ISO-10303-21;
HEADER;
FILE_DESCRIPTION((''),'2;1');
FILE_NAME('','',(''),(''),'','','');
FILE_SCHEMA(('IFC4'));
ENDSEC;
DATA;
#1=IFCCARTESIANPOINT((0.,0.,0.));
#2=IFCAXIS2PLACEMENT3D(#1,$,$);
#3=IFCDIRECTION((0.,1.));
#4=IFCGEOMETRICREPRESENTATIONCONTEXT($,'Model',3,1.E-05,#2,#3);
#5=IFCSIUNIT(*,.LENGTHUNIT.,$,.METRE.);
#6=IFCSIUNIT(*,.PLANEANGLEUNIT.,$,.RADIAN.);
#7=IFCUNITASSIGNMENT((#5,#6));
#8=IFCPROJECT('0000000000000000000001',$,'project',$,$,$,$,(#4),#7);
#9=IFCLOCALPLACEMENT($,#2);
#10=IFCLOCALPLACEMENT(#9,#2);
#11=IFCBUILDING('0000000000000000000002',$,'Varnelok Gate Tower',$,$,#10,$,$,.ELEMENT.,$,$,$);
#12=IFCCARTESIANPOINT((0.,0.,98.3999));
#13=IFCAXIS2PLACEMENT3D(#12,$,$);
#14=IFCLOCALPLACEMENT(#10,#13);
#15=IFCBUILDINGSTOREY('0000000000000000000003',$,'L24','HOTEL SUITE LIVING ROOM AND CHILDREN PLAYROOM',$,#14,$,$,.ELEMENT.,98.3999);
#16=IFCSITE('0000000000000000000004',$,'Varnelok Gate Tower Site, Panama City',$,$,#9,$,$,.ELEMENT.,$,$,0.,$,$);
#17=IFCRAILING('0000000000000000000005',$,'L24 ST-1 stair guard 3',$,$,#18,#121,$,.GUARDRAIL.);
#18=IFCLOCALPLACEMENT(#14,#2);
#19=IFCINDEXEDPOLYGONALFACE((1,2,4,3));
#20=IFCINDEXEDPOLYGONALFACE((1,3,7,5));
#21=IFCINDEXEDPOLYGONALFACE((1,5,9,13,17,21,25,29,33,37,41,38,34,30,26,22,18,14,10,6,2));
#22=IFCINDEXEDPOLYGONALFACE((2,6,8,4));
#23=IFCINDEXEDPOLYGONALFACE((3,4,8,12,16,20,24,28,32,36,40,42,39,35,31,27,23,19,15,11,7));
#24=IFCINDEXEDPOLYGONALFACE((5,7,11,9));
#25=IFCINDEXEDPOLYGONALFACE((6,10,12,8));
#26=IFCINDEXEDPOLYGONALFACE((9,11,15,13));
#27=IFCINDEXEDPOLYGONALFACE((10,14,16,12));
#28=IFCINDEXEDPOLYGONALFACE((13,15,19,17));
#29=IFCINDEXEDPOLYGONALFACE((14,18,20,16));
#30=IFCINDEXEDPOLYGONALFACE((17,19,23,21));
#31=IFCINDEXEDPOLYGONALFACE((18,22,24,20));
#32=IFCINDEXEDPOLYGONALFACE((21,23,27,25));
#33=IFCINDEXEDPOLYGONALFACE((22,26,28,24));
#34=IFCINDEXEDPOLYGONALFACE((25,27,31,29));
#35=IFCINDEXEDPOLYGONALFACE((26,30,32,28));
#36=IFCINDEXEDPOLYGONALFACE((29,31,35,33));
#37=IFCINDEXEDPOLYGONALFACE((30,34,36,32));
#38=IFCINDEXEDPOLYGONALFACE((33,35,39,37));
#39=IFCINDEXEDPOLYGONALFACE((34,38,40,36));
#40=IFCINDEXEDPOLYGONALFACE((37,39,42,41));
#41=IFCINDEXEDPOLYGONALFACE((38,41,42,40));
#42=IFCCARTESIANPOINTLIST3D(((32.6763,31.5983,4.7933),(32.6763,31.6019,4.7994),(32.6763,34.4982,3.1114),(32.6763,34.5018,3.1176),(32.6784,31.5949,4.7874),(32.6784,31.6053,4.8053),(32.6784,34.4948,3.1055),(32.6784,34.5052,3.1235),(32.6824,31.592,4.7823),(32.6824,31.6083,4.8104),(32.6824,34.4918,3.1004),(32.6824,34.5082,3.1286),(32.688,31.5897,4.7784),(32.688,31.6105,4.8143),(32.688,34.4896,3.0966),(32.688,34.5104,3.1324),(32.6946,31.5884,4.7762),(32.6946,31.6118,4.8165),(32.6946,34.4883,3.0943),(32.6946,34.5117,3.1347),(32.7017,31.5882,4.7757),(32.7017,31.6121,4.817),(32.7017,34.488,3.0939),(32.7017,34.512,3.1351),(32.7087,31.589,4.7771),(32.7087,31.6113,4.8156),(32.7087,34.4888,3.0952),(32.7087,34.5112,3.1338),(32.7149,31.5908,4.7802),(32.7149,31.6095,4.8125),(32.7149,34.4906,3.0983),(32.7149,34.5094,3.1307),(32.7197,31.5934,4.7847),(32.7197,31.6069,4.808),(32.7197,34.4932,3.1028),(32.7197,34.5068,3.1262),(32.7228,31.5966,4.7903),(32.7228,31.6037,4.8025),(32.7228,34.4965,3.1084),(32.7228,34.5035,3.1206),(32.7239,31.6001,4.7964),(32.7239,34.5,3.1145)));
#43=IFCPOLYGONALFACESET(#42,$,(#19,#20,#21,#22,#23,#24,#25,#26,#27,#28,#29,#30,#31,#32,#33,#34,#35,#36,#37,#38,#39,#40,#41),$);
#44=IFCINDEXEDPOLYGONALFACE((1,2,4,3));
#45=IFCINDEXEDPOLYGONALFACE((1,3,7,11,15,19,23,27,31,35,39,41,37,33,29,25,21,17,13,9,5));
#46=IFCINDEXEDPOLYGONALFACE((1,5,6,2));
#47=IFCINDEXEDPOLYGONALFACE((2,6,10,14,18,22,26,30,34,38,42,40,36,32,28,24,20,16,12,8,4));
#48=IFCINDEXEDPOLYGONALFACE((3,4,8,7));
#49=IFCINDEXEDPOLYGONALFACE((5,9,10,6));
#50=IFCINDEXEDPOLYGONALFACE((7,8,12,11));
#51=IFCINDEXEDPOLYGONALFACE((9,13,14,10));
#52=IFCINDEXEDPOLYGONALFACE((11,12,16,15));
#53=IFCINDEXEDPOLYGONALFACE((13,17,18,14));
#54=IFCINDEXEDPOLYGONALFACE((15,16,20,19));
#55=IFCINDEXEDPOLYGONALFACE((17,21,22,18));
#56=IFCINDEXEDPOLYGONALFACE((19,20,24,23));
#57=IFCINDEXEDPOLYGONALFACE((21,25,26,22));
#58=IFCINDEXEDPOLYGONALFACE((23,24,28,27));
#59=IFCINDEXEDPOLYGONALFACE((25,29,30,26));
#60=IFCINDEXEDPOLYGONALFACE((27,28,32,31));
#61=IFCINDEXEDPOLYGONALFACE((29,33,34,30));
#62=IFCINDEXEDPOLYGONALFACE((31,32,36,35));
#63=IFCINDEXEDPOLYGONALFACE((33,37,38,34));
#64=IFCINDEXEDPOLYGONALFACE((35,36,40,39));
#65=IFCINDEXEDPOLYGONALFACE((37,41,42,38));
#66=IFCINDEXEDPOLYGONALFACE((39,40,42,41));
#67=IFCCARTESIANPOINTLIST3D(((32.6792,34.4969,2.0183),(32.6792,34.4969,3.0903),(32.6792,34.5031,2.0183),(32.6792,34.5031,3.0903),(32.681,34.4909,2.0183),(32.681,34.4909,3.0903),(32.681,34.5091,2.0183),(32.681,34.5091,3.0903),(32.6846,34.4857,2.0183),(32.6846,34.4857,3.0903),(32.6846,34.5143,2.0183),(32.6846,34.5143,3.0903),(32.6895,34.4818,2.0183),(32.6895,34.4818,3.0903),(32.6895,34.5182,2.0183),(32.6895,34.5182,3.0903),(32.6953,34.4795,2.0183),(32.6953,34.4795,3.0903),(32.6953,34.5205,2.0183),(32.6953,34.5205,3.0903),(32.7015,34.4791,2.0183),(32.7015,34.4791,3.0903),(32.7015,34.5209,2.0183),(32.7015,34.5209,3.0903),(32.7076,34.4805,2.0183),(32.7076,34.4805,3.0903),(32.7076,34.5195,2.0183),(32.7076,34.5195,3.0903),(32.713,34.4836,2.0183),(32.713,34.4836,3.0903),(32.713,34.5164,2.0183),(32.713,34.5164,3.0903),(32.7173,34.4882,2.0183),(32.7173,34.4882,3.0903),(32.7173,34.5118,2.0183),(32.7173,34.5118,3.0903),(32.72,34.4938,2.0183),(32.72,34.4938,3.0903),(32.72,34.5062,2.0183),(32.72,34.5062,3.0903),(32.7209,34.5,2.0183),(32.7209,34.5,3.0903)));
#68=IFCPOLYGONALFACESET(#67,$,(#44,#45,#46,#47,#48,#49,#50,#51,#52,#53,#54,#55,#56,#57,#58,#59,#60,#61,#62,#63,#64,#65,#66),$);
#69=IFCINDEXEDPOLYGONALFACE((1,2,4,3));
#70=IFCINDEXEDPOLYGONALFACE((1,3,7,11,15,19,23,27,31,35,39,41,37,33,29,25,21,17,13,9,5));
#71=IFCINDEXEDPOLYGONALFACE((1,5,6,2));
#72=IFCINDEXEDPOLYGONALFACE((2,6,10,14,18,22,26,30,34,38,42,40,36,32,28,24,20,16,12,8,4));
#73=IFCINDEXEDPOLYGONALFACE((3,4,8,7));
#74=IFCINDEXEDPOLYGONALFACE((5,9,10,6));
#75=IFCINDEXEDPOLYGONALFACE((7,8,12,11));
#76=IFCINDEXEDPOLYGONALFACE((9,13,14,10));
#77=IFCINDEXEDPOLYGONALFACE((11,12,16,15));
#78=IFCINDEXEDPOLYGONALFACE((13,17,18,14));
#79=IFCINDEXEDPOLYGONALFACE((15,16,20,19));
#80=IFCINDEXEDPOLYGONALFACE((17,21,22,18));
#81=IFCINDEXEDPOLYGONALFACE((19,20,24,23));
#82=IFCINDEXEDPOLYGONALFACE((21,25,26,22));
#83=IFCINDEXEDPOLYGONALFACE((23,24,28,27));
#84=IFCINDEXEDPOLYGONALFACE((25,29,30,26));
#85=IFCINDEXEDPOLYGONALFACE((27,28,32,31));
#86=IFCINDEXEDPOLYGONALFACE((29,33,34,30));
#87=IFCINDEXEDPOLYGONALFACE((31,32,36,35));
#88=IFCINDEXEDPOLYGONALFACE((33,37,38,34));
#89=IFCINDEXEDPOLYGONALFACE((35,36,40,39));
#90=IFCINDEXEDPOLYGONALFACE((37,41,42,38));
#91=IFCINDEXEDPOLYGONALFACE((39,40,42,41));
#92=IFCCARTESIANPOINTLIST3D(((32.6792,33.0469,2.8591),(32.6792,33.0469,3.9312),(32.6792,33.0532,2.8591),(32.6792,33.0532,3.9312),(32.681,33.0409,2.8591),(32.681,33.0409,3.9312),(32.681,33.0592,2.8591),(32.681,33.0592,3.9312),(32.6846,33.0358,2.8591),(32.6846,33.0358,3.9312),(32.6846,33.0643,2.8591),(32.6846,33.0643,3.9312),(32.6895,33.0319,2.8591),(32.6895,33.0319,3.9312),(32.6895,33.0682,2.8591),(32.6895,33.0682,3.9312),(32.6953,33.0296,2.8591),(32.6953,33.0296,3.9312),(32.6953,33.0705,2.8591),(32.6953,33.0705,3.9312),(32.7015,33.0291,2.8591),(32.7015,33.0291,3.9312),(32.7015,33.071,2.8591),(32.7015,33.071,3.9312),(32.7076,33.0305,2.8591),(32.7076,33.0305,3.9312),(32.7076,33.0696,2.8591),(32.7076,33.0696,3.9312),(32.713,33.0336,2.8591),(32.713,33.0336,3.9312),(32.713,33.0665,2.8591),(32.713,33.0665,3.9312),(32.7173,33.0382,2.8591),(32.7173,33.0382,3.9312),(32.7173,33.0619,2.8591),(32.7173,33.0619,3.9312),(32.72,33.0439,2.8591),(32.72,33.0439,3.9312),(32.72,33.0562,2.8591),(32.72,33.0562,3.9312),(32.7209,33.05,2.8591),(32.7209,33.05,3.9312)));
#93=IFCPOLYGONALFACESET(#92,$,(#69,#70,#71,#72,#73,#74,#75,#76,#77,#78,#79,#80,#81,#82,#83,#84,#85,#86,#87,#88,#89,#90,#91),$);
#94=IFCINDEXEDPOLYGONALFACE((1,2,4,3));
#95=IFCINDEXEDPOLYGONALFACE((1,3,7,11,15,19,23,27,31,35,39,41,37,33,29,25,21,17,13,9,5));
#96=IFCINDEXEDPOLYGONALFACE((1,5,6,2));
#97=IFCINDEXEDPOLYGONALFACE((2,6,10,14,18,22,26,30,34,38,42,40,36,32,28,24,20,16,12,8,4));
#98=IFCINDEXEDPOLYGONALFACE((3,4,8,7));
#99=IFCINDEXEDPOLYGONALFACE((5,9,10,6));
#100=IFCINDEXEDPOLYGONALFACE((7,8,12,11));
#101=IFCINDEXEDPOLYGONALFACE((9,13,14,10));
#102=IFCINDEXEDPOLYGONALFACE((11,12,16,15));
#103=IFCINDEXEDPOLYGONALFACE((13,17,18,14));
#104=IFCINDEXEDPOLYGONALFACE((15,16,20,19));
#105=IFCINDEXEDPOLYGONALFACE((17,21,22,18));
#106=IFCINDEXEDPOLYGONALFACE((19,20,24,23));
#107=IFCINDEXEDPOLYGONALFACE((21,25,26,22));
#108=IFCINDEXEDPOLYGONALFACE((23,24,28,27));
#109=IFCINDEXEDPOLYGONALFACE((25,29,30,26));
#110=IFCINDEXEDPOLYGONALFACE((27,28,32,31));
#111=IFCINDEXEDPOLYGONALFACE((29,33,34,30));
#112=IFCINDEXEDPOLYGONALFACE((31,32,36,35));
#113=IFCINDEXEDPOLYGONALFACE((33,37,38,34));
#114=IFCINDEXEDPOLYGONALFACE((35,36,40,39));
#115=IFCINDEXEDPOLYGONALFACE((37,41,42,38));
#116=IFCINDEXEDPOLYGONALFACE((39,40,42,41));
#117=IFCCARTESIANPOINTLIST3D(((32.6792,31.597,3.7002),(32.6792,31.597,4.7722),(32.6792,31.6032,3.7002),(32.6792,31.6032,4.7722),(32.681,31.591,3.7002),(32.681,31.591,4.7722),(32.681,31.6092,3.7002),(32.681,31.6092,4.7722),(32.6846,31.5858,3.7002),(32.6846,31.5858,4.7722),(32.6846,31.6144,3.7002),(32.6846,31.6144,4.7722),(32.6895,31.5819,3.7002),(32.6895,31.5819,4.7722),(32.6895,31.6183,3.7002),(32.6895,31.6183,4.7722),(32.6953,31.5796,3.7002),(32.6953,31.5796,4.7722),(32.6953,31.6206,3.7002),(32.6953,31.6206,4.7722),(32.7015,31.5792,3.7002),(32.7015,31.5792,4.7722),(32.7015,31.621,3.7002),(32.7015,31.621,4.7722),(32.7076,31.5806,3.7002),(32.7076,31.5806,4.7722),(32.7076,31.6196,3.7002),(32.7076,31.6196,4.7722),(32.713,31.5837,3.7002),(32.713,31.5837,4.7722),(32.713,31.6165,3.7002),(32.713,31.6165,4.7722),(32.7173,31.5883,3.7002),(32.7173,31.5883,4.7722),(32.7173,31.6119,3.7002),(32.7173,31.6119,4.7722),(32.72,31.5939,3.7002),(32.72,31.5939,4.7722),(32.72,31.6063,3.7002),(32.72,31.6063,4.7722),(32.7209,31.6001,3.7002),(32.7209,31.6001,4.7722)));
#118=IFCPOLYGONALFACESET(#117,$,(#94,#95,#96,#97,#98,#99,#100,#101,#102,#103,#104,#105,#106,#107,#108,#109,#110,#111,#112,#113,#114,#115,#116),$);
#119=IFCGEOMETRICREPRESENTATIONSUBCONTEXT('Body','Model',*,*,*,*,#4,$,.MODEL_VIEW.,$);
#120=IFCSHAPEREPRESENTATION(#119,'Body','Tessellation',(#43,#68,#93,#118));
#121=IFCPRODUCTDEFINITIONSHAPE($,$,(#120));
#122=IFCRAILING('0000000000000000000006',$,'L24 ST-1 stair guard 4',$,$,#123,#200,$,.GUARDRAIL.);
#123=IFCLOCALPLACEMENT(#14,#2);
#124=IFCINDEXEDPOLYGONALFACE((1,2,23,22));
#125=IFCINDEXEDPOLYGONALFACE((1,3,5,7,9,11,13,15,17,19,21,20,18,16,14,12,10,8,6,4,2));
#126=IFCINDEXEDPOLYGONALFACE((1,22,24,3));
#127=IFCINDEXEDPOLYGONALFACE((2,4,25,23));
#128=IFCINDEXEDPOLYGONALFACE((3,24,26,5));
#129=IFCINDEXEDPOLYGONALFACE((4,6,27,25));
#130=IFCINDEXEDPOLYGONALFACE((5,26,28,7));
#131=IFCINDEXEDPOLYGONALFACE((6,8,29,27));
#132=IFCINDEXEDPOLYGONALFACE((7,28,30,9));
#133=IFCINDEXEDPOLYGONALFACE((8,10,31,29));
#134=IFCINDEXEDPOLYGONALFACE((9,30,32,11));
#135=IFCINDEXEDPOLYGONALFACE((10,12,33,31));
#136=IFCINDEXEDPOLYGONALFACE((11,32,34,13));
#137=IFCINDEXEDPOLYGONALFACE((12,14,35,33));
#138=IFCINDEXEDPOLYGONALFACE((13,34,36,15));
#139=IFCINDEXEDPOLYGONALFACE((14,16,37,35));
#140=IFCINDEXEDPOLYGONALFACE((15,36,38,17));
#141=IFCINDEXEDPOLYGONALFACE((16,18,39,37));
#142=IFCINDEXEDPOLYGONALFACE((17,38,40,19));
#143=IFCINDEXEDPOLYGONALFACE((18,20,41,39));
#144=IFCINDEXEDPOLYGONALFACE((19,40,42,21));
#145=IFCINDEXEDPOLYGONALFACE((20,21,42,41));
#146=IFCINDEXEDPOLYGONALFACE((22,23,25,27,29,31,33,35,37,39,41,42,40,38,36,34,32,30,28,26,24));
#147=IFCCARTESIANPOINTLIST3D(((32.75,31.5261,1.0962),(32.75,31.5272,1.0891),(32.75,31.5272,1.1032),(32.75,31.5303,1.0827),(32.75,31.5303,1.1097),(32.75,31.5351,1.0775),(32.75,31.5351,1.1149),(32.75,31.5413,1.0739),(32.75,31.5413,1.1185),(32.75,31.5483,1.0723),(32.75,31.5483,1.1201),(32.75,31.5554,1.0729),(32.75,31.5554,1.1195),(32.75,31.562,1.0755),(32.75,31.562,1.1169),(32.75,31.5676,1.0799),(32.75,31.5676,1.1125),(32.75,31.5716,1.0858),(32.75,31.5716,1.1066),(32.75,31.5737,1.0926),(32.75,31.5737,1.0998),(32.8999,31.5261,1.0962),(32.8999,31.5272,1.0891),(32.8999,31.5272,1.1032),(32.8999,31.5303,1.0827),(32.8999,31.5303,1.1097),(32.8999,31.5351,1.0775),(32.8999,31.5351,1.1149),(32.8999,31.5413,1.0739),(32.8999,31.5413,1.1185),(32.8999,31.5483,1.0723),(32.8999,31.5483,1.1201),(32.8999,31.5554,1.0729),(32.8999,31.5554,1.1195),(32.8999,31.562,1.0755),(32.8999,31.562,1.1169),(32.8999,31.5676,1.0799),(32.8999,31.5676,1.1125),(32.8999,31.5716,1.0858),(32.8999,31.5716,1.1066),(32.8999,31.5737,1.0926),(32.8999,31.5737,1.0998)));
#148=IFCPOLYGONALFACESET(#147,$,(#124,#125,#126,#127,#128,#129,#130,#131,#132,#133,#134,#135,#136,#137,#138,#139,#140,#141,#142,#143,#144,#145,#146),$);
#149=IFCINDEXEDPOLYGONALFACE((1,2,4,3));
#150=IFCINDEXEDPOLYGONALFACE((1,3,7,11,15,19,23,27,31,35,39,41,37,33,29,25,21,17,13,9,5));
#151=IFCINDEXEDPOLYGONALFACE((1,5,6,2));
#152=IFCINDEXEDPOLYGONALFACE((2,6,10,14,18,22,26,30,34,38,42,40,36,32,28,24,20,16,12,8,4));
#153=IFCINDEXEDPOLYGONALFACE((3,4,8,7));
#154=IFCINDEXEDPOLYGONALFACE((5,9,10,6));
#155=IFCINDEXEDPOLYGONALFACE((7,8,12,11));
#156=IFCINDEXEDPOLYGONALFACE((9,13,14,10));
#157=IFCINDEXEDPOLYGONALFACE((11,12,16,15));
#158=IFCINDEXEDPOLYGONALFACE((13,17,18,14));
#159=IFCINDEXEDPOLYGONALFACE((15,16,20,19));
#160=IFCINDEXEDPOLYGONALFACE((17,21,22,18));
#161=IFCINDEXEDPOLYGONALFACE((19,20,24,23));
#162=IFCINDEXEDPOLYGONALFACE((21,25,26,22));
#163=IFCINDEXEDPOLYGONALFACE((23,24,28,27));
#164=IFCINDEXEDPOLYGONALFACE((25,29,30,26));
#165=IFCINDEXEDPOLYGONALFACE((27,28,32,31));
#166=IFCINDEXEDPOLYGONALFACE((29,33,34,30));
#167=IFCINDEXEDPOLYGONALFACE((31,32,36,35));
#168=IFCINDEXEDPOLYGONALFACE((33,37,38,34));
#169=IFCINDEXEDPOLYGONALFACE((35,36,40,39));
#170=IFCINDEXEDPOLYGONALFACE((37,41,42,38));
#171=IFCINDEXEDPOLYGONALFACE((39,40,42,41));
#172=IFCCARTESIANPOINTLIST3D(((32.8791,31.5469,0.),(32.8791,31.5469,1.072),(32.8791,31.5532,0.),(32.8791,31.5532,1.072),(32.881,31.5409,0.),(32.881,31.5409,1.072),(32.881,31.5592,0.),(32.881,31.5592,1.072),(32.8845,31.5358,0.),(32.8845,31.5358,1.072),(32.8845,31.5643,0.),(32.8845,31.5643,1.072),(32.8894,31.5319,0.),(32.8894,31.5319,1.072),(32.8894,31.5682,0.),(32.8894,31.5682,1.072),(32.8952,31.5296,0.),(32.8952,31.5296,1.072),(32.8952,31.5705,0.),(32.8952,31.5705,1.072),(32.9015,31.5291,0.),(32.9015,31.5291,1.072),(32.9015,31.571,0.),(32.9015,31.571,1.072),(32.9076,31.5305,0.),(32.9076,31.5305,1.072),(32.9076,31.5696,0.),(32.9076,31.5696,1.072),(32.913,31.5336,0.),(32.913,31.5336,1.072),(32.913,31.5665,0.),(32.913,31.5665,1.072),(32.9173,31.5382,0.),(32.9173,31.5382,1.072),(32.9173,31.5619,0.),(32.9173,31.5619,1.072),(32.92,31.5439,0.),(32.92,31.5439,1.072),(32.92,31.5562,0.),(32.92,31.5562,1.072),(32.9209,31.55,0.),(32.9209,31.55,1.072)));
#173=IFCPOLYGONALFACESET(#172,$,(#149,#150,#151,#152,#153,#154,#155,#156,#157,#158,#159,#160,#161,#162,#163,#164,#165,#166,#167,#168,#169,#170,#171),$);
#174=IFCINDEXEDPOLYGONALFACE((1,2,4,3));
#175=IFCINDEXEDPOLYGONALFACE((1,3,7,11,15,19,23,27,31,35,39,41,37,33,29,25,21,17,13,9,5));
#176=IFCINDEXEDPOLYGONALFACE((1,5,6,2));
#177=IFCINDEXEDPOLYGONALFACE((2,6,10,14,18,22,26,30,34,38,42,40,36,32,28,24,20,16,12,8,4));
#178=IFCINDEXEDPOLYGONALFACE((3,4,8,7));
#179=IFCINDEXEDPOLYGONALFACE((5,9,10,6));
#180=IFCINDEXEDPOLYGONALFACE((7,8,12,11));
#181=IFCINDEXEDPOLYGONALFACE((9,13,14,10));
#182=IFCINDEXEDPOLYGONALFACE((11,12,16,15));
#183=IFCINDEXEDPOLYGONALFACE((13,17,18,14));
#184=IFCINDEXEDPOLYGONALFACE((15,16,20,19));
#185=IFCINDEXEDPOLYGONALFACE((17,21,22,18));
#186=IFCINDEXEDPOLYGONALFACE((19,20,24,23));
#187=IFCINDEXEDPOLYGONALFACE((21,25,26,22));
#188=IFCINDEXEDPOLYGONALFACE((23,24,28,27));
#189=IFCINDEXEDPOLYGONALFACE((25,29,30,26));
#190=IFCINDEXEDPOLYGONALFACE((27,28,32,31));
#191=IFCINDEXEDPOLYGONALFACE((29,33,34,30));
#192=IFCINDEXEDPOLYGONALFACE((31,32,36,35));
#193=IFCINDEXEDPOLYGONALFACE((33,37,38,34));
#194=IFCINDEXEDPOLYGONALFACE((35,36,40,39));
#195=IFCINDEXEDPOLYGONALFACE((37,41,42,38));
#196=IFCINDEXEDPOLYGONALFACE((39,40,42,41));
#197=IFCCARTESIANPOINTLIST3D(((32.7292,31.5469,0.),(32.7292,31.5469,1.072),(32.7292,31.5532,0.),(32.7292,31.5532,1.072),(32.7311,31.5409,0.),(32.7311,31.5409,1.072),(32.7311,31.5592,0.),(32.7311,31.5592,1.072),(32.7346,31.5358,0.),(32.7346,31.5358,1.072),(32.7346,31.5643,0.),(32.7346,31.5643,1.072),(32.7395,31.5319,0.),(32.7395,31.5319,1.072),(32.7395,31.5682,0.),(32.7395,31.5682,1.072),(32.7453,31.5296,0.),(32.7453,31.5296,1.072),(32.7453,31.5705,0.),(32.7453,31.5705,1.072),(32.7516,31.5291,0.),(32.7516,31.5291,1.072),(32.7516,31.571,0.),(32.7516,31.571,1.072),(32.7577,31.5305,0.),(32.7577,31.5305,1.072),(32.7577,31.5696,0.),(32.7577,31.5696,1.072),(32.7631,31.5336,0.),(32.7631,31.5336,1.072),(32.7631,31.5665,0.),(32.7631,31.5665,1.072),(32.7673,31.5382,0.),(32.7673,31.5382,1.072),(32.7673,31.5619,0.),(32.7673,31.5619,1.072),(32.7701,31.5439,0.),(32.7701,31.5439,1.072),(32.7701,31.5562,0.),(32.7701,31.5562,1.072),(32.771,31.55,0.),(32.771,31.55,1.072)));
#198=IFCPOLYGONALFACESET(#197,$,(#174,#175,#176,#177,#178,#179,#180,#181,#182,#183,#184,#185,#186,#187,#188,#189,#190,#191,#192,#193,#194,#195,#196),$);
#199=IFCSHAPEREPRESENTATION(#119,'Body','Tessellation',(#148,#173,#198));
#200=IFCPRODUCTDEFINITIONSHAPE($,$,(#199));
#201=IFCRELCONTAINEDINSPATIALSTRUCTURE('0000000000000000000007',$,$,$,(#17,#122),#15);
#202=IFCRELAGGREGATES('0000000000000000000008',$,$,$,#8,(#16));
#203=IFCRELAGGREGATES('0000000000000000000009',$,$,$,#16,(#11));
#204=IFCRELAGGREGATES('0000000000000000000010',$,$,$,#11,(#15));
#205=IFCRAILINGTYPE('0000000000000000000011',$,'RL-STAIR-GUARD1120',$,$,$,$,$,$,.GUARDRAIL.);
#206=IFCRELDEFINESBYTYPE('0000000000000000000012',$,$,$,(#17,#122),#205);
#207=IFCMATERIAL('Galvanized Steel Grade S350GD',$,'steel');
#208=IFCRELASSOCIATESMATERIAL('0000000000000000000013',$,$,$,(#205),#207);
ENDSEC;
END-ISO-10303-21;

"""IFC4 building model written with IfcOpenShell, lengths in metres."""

from ifc_helpers import new_model, si_unit, direction, frame, origin, origin_2d, place, context, subcontext, project, spatial, circle, extrude, material, type_object, element, save


model = new_model("IFC4")

# Units and contexts
model_context = context("Model", 3, precision=1e-05, world=origin(), true_north=direction((0.0, 1.0)))
body_context = subcontext(model_context, "Body", "Model", "MODEL_VIEW")
ifc_project = project(units=[si_unit("LENGTHUNIT", "METRE"), si_unit("PLANEANGLEUNIT", "RADIAN")], contexts=[model_context])

# Site, building, storey
site_placement = place(None, origin())
site = spatial("IfcSite", under=ifc_project, at=site_placement, Name="Varnelok Gate Tower Site, Panama City", CompositionType="ELEMENT", RefElevation=0.0)
building_placement = place(site_placement, origin())
building = spatial("IfcBuilding", under=site, at=building_placement, Name="Varnelok Gate Tower", CompositionType="ELEMENT")
storey_placement = place(building_placement, frame((0.0, 0.0, 98.3999)))
storey = spatial("IfcBuildingStorey", under=building, at=storey_placement, Name="L24", Description="HOTEL SUITE LIVING ROOM AND CHILDREN PLAYROOM", CompositionType="ELEMENT", Elevation=98.3999)

# Shared definitions
ifc_material_1 = material(Name="Galvanized Steel Grade S350GD", Category="steel")

# Railings
railing_type_1 = type_object("IfcRailingType", Name="RL-STAIR-GUARD1120", PredefinedType="GUARDRAIL", material=ifc_material_1)
railing_1_placement = place(storey_placement, frame((32.7, 34.5, 2.0183)))
element("IfcRailing", 1, at=railing_1_placement, inside=storey, type_object=railing_type_1, Name="L24 ST-1 stair guard 3", PredefinedType="GUARDRAIL", context=body_context, shape_type="SweptSolid", body=[
    extrude(circle(Radius=0.0239, at=origin_2d()), frame((0.0, 0.0, 1.0962), z_axis=(0.0, -0.865039, 0.501705), x_axis=(1.0, 0.0, 0.0)), (0.0, 0.0, 1.0), 3.3523),
    extrude(circle(Radius=0.021, at=origin_2d()), origin(), (0.0, 0.0, 1.0), 1.072),
    extrude(circle(Radius=0.021, at=origin_2d()), frame((0.0, -1.45, 0.8408)), (0.0, 0.0, 1.0), 1.072),
    extrude(circle(Radius=0.021, at=origin_2d()), frame((0.0, -2.8999, 1.6819)), (0.0, 0.0, 1.0), 1.072),
])
railing_2_placement = place(storey_placement, frame((32.8999, 31.55, 0.0)))
element("IfcRailing", 2, at=railing_2_placement, inside=storey, type_object=railing_type_1, Name="L24 ST-1 stair guard 4", PredefinedType="GUARDRAIL", context=body_context, shape_type="SweptSolid", body=[
    extrude(circle(Radius=0.0239, at=origin_2d()), frame((0.0, 0.0, 1.0962), z_axis=(-1.0, 0.0, 0.0), x_axis=(0.0, -1.0, 0.0)), (0.0, 0.0, 1.0), 0.1499),
    extrude(circle(Radius=0.021, at=origin_2d()), origin(), (0.0, 0.0, 1.0), 1.072),
    extrude(circle(Radius=0.021, at=origin_2d()), frame((-0.1499, 0.0, 0.0)), (0.0, 0.0, 1.0), 1.072),
])

save(model, "model.ifc")
